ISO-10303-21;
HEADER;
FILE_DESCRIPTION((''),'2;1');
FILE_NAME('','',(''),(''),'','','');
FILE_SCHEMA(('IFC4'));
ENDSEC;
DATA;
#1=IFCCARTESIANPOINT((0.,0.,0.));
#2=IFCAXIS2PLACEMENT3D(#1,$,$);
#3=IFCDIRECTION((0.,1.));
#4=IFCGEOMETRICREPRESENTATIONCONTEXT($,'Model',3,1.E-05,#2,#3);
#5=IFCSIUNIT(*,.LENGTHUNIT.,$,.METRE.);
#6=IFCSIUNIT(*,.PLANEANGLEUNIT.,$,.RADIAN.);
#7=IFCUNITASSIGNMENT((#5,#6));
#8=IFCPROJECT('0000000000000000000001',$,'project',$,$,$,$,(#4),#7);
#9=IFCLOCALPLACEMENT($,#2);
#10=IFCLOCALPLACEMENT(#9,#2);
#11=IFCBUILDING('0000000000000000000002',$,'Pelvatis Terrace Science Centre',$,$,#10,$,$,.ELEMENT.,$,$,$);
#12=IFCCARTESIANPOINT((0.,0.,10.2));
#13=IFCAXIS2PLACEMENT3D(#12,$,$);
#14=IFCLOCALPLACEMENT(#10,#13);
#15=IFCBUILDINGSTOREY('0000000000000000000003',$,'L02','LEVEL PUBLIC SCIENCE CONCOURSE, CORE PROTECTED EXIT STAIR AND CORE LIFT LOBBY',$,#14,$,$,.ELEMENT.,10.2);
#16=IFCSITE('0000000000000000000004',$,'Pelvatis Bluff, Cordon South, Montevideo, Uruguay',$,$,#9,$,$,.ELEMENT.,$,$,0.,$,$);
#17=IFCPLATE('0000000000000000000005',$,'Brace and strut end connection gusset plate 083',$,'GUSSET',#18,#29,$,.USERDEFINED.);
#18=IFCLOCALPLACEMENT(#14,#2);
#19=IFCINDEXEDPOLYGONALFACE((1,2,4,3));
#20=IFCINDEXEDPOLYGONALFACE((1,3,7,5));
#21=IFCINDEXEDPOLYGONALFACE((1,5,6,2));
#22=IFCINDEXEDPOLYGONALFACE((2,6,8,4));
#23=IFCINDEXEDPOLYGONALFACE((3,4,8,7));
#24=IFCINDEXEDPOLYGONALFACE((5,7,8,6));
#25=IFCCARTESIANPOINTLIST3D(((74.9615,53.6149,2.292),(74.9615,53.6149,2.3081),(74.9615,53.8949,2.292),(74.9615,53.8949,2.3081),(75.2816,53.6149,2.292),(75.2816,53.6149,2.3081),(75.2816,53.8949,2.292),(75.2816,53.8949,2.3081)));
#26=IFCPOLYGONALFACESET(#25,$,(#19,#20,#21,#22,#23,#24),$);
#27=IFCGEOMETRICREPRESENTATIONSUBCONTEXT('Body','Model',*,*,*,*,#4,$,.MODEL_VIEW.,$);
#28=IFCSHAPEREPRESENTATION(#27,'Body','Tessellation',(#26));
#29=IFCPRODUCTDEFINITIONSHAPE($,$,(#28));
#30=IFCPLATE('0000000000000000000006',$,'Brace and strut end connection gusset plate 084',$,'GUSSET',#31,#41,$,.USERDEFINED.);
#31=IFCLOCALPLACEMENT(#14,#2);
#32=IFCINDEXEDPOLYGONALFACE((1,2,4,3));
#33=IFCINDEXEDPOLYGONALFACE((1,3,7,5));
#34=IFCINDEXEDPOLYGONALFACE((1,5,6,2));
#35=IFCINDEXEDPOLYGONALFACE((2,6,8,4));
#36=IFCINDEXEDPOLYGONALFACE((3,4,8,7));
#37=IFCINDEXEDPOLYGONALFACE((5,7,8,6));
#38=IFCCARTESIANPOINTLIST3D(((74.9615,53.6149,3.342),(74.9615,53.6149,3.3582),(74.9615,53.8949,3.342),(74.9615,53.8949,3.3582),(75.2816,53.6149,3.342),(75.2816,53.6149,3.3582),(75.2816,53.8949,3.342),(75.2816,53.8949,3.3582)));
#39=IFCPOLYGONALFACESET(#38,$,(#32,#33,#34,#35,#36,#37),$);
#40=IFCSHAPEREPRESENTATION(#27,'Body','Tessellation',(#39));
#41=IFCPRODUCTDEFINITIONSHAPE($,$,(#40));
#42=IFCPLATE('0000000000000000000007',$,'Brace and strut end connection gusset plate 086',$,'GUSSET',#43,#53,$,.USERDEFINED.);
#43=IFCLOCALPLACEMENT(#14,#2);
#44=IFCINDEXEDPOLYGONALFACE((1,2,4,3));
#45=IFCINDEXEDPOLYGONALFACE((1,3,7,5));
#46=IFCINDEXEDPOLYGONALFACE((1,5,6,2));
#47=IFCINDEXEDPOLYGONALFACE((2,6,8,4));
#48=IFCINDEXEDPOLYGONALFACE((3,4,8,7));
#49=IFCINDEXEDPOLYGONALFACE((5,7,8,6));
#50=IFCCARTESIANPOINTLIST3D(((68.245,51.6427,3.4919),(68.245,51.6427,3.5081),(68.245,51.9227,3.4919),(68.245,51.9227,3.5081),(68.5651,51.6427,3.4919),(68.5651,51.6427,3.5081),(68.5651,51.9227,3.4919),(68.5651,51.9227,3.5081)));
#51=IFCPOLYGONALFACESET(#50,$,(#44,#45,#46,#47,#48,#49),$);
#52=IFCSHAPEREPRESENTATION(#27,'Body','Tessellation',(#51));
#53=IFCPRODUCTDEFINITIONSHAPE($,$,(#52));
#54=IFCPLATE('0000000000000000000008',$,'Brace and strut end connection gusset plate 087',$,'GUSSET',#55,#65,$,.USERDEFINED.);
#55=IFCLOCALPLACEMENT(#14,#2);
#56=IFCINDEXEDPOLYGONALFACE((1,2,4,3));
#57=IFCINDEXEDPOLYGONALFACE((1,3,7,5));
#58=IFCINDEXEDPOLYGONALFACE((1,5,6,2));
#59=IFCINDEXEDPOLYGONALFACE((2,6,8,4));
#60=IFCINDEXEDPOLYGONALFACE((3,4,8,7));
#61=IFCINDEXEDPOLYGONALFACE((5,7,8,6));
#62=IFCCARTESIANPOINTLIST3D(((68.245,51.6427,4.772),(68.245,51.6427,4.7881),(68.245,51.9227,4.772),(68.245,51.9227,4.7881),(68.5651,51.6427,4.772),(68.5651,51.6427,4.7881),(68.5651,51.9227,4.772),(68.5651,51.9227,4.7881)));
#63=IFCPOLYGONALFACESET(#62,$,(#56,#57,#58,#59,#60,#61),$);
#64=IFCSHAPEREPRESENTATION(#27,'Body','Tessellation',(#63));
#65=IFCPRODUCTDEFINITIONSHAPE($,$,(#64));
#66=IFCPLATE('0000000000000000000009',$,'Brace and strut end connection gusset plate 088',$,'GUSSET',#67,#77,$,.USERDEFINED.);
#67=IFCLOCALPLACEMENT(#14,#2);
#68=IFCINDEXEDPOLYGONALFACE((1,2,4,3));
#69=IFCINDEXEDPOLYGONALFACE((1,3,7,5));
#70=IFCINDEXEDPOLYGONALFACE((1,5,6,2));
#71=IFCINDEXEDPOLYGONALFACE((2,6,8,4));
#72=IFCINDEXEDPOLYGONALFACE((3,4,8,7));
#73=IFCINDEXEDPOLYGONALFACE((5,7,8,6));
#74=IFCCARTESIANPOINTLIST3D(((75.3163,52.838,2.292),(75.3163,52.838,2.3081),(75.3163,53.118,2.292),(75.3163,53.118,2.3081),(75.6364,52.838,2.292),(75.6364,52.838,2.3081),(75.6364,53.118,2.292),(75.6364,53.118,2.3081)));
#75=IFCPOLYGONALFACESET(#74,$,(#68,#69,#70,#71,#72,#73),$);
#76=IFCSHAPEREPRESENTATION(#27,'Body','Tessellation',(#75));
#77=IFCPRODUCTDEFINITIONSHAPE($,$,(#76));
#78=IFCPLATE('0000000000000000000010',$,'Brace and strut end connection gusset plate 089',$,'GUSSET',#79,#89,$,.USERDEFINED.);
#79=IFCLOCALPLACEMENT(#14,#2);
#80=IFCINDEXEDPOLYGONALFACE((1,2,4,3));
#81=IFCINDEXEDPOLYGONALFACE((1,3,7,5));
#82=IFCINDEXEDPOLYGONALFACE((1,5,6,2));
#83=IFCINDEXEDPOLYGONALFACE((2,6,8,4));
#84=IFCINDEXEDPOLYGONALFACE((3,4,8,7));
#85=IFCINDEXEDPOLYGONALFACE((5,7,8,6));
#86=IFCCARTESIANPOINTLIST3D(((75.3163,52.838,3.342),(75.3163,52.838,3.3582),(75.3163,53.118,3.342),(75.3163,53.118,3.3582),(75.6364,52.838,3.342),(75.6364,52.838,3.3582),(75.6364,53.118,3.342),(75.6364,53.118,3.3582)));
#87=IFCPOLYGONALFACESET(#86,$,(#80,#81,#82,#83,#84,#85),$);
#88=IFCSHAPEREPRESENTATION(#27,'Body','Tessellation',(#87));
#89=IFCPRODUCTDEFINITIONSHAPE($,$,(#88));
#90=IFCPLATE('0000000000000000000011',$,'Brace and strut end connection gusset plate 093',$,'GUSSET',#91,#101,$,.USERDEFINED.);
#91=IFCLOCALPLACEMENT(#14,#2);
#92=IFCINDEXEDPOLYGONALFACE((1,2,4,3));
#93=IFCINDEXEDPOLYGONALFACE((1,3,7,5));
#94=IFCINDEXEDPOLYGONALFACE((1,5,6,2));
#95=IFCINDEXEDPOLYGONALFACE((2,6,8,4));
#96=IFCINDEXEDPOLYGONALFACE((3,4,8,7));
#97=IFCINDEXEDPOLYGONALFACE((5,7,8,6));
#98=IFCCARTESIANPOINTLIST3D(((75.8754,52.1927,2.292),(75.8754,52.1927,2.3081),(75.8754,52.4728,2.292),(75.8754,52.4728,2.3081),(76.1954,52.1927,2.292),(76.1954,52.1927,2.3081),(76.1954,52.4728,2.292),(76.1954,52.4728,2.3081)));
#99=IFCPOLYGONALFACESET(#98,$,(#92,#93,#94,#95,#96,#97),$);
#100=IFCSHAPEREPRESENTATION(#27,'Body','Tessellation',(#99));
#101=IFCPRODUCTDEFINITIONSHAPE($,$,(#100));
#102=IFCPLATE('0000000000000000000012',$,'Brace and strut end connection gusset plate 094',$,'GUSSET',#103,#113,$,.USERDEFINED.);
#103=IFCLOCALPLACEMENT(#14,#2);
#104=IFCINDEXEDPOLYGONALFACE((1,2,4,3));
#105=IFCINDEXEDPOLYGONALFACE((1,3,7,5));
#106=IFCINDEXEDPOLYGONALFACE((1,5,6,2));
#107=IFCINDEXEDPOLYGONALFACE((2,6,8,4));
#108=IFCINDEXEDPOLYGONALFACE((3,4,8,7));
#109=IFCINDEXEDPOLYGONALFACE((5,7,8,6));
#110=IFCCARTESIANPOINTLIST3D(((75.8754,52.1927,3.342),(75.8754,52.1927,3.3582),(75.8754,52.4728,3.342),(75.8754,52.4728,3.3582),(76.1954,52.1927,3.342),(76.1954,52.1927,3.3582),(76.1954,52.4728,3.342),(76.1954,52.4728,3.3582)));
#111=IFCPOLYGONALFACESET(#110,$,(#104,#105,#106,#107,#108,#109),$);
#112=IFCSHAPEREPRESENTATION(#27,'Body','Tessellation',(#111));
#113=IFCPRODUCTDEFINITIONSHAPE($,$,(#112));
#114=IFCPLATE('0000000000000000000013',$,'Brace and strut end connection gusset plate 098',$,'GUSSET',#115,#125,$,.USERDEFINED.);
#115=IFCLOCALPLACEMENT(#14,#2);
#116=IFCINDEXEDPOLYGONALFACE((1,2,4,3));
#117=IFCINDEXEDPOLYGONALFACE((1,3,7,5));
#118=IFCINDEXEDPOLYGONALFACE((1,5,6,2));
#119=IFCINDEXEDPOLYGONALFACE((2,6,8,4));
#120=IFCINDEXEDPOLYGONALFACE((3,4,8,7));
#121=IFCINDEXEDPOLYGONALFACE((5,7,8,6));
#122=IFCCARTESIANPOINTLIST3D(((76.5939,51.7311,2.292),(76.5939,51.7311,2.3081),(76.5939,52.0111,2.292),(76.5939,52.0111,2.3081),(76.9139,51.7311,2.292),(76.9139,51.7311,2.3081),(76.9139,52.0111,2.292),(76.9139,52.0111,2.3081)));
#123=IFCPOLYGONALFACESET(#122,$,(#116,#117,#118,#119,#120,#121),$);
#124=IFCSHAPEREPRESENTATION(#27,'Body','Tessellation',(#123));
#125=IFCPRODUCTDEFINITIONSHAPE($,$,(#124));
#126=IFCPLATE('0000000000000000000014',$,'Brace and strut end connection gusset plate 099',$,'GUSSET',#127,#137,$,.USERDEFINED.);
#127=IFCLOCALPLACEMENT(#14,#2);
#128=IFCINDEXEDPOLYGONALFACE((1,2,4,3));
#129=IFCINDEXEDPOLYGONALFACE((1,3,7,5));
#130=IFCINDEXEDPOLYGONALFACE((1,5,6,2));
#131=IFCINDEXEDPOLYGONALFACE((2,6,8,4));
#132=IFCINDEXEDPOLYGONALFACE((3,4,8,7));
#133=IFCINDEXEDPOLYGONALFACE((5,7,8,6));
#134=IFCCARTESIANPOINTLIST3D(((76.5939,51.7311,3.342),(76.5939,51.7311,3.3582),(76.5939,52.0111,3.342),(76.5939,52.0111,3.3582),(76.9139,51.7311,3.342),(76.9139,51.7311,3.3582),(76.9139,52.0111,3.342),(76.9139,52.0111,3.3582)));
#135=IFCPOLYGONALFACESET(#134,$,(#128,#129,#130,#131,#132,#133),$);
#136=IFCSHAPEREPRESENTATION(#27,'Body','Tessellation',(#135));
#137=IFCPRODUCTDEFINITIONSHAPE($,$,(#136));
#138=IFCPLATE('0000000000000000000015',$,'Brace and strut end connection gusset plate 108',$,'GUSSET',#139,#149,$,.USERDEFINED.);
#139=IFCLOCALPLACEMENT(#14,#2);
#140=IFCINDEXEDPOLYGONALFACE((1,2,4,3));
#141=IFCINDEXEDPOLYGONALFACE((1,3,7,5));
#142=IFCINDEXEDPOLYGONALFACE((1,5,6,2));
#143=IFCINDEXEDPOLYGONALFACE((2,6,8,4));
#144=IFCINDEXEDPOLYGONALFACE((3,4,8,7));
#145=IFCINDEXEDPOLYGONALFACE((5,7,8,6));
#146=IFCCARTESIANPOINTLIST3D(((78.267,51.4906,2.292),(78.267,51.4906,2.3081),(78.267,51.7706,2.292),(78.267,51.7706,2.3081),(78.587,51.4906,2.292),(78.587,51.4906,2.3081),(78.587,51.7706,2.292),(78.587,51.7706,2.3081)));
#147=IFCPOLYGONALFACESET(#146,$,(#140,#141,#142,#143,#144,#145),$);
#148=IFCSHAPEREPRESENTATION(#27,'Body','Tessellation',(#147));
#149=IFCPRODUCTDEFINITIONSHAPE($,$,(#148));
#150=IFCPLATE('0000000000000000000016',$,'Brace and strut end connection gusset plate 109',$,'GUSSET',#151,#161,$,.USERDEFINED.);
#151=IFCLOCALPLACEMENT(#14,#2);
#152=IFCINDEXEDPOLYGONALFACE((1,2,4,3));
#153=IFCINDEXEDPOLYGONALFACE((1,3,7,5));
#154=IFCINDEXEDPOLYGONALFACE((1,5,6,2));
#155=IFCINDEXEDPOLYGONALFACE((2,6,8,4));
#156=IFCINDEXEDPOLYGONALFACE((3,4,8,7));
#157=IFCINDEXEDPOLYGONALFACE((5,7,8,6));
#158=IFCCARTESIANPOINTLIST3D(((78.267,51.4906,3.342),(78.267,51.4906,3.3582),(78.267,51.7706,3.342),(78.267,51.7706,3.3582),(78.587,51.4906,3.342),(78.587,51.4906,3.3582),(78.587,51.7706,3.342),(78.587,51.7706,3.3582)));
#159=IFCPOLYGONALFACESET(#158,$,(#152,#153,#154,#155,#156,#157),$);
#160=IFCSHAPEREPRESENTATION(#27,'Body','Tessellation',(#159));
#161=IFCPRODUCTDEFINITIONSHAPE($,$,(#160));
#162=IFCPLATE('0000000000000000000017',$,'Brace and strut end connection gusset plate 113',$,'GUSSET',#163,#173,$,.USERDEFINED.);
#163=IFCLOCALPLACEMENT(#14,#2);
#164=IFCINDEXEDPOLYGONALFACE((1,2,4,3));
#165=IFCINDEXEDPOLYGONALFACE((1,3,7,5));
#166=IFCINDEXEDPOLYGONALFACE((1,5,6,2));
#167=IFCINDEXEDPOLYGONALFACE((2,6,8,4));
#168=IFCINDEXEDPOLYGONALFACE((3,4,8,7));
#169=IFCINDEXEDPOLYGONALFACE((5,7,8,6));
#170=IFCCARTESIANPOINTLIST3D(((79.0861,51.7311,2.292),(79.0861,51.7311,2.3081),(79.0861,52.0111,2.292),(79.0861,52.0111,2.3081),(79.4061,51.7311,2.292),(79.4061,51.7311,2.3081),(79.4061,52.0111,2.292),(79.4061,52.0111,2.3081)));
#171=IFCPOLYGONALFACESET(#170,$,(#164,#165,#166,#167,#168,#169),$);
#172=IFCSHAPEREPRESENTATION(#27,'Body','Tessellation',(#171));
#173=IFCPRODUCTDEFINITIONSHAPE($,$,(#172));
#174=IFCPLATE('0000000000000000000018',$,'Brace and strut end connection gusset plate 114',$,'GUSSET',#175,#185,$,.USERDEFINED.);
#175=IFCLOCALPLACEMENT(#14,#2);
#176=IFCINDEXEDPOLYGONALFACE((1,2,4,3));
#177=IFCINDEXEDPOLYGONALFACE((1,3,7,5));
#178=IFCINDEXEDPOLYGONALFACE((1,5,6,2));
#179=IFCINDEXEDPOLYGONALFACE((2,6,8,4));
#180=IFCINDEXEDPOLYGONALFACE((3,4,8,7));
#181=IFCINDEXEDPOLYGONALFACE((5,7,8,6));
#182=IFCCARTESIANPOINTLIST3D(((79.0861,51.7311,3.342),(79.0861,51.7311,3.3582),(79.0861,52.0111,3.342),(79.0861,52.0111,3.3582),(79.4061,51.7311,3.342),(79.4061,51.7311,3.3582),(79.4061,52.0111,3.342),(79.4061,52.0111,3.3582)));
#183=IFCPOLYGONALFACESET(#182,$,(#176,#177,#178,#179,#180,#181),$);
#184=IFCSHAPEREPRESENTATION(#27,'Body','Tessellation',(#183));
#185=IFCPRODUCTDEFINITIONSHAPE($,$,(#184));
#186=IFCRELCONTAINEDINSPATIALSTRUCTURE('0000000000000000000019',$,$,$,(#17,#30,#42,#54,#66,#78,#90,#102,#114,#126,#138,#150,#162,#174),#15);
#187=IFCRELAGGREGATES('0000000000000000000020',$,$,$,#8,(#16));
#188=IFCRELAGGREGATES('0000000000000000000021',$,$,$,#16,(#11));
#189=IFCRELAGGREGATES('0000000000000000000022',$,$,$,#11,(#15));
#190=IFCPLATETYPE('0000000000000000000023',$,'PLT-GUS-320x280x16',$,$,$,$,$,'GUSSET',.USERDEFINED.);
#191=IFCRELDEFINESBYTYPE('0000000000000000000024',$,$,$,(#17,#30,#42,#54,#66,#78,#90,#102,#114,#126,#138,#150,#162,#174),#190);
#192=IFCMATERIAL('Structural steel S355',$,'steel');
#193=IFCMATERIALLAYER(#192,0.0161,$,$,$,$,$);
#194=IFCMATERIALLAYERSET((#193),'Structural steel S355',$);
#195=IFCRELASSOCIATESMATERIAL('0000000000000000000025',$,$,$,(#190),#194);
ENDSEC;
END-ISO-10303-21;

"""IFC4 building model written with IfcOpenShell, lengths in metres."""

from ifc_helpers import new_model, si_unit, direction, frame, origin, origin_2d, place, context, subcontext, project, spatial, rectangle, extrude, material, layer, layer_set, type_object, element, save


model = new_model("IFC4")

# Units and contexts
model_context = context("Model", 3, precision=1e-05, world=origin(), true_north=direction((0.0, 1.0)))
body_context = subcontext(model_context, "Body", "Model", "MODEL_VIEW")
ifc_project = project(units=[si_unit("LENGTHUNIT", "METRE"), si_unit("PLANEANGLEUNIT", "RADIAN")], contexts=[model_context])

# Site, building, storey
site_placement = place(None, origin())
site = spatial("IfcSite", under=ifc_project, at=site_placement, Name="Pelvatis Bluff, Cordon South, Montevideo, Uruguay", CompositionType="ELEMENT", RefElevation=0.0)
building_placement = place(site_placement, origin())
building = spatial("IfcBuilding", under=site, at=building_placement, Name="Pelvatis Terrace Science Centre", CompositionType="ELEMENT")
storey_placement = place(building_placement, frame((0.0, 0.0, 10.2)))
storey = spatial("IfcBuildingStorey", under=building, at=storey_placement, Name="L02", Description="LEVEL PUBLIC SCIENCE CONCOURSE, CORE PROTECTED EXIT STAIR AND CORE LIFT LOBBY", CompositionType="ELEMENT", Elevation=10.2)

# Plates
ifc_material_1 = material(Name="Structural steel S355", Category="steel")
ifc_layer = layer(ifc_material_1, 0.0161)
ifc_layer_set = layer_set([ifc_layer], Name="Structural steel S355")
plate_type = type_object("IfcPlateType", Name="PLT-GUS-320x280x16", ElementType="GUSSET", PredefinedType="USERDEFINED", material=ifc_layer_set)
for number, where, z_axis, x_axis, name in (
    (1, (75.1216, 53.7549, 2.292), (0.0, 0.0, 1.0), (1.0, 0.0, 0.0), "Brace and strut end connection gusset plate 083"),
    (2, (75.1216, 53.7549, 3.342), (0.0, 0.0, 1.0), (1.0, 0.0, 0.0), "Brace and strut end connection gusset plate 084"),
    (3, (68.405, 51.7827, 3.4919), (0.0, 0.0, 1.0), (1.0, 0.0, 0.0), "Brace and strut end connection gusset plate 086"),
    (4, (68.405, 51.7827, 4.772), (0.0, 0.0, 1.0), (1.0, 0.0, 0.0), "Brace and strut end connection gusset plate 087"),
    (5, (75.4763, 52.978, 2.292), (0.0, 0.0, 1.0), (1.0, 0.0, 0.0), "Brace and strut end connection gusset plate 088"),
    (6, (75.4763, 52.978, 3.342), (0.0, 0.0, 1.0), (1.0, 0.0, 0.0), "Brace and strut end connection gusset plate 089"),
    (7, (76.0354, 52.3328, 2.292), (0.0, 0.0, 1.0), (1.0, 0.0, 0.0), "Brace and strut end connection gusset plate 093"),
    (8, (76.0354, 52.3328, 3.342), (0.0, 0.0, 1.0), (1.0, 0.0, 0.0), "Brace and strut end connection gusset plate 094"),
    (9, (76.7539, 51.8711, 2.292), (0.0, 0.0, 1.0), (1.0, 0.0, 0.0), "Brace and strut end connection gusset plate 098"),
    (10, (76.7539, 51.8711, 3.342), (0.0, 0.0, 1.0), (1.0, 0.0, 0.0), "Brace and strut end connection gusset plate 099"),
    (11, (78.427, 51.6306, 2.292), (0.0, 0.0, 1.0), (1.0, 0.0, 0.0), "Brace and strut end connection gusset plate 108"),
    (12, (78.427, 51.6306, 3.342), (0.0, 0.0, 1.0), (1.0, 0.0, 0.0), "Brace and strut end connection gusset plate 109"),
    (13, (79.2461, 51.8711, 2.292), (0.0, 0.0, 1.0), (1.0, 0.0, 0.0), "Brace and strut end connection gusset plate 113"),
    (14, (79.2461, 51.8711, 3.342), (0.0, 0.0, 1.0), (1.0, 0.0, 0.0), "Brace and strut end connection gusset plate 114"),
):
    element("IfcPlate", number, at=place(storey_placement, frame(where, z_axis=z_axis, x_axis=x_axis)), inside=storey, type_object=plate_type, Name=name, ObjectType="GUSSET", PredefinedType="USERDEFINED", context=body_context, shape_type="SweptSolid", body=[
        extrude(rectangle(XDim=0.3201, YDim=0.28, at=origin_2d()), origin(), (0.0, 0.0, 1.0), 0.0161),
    ])

save(model, "model.ifc")
